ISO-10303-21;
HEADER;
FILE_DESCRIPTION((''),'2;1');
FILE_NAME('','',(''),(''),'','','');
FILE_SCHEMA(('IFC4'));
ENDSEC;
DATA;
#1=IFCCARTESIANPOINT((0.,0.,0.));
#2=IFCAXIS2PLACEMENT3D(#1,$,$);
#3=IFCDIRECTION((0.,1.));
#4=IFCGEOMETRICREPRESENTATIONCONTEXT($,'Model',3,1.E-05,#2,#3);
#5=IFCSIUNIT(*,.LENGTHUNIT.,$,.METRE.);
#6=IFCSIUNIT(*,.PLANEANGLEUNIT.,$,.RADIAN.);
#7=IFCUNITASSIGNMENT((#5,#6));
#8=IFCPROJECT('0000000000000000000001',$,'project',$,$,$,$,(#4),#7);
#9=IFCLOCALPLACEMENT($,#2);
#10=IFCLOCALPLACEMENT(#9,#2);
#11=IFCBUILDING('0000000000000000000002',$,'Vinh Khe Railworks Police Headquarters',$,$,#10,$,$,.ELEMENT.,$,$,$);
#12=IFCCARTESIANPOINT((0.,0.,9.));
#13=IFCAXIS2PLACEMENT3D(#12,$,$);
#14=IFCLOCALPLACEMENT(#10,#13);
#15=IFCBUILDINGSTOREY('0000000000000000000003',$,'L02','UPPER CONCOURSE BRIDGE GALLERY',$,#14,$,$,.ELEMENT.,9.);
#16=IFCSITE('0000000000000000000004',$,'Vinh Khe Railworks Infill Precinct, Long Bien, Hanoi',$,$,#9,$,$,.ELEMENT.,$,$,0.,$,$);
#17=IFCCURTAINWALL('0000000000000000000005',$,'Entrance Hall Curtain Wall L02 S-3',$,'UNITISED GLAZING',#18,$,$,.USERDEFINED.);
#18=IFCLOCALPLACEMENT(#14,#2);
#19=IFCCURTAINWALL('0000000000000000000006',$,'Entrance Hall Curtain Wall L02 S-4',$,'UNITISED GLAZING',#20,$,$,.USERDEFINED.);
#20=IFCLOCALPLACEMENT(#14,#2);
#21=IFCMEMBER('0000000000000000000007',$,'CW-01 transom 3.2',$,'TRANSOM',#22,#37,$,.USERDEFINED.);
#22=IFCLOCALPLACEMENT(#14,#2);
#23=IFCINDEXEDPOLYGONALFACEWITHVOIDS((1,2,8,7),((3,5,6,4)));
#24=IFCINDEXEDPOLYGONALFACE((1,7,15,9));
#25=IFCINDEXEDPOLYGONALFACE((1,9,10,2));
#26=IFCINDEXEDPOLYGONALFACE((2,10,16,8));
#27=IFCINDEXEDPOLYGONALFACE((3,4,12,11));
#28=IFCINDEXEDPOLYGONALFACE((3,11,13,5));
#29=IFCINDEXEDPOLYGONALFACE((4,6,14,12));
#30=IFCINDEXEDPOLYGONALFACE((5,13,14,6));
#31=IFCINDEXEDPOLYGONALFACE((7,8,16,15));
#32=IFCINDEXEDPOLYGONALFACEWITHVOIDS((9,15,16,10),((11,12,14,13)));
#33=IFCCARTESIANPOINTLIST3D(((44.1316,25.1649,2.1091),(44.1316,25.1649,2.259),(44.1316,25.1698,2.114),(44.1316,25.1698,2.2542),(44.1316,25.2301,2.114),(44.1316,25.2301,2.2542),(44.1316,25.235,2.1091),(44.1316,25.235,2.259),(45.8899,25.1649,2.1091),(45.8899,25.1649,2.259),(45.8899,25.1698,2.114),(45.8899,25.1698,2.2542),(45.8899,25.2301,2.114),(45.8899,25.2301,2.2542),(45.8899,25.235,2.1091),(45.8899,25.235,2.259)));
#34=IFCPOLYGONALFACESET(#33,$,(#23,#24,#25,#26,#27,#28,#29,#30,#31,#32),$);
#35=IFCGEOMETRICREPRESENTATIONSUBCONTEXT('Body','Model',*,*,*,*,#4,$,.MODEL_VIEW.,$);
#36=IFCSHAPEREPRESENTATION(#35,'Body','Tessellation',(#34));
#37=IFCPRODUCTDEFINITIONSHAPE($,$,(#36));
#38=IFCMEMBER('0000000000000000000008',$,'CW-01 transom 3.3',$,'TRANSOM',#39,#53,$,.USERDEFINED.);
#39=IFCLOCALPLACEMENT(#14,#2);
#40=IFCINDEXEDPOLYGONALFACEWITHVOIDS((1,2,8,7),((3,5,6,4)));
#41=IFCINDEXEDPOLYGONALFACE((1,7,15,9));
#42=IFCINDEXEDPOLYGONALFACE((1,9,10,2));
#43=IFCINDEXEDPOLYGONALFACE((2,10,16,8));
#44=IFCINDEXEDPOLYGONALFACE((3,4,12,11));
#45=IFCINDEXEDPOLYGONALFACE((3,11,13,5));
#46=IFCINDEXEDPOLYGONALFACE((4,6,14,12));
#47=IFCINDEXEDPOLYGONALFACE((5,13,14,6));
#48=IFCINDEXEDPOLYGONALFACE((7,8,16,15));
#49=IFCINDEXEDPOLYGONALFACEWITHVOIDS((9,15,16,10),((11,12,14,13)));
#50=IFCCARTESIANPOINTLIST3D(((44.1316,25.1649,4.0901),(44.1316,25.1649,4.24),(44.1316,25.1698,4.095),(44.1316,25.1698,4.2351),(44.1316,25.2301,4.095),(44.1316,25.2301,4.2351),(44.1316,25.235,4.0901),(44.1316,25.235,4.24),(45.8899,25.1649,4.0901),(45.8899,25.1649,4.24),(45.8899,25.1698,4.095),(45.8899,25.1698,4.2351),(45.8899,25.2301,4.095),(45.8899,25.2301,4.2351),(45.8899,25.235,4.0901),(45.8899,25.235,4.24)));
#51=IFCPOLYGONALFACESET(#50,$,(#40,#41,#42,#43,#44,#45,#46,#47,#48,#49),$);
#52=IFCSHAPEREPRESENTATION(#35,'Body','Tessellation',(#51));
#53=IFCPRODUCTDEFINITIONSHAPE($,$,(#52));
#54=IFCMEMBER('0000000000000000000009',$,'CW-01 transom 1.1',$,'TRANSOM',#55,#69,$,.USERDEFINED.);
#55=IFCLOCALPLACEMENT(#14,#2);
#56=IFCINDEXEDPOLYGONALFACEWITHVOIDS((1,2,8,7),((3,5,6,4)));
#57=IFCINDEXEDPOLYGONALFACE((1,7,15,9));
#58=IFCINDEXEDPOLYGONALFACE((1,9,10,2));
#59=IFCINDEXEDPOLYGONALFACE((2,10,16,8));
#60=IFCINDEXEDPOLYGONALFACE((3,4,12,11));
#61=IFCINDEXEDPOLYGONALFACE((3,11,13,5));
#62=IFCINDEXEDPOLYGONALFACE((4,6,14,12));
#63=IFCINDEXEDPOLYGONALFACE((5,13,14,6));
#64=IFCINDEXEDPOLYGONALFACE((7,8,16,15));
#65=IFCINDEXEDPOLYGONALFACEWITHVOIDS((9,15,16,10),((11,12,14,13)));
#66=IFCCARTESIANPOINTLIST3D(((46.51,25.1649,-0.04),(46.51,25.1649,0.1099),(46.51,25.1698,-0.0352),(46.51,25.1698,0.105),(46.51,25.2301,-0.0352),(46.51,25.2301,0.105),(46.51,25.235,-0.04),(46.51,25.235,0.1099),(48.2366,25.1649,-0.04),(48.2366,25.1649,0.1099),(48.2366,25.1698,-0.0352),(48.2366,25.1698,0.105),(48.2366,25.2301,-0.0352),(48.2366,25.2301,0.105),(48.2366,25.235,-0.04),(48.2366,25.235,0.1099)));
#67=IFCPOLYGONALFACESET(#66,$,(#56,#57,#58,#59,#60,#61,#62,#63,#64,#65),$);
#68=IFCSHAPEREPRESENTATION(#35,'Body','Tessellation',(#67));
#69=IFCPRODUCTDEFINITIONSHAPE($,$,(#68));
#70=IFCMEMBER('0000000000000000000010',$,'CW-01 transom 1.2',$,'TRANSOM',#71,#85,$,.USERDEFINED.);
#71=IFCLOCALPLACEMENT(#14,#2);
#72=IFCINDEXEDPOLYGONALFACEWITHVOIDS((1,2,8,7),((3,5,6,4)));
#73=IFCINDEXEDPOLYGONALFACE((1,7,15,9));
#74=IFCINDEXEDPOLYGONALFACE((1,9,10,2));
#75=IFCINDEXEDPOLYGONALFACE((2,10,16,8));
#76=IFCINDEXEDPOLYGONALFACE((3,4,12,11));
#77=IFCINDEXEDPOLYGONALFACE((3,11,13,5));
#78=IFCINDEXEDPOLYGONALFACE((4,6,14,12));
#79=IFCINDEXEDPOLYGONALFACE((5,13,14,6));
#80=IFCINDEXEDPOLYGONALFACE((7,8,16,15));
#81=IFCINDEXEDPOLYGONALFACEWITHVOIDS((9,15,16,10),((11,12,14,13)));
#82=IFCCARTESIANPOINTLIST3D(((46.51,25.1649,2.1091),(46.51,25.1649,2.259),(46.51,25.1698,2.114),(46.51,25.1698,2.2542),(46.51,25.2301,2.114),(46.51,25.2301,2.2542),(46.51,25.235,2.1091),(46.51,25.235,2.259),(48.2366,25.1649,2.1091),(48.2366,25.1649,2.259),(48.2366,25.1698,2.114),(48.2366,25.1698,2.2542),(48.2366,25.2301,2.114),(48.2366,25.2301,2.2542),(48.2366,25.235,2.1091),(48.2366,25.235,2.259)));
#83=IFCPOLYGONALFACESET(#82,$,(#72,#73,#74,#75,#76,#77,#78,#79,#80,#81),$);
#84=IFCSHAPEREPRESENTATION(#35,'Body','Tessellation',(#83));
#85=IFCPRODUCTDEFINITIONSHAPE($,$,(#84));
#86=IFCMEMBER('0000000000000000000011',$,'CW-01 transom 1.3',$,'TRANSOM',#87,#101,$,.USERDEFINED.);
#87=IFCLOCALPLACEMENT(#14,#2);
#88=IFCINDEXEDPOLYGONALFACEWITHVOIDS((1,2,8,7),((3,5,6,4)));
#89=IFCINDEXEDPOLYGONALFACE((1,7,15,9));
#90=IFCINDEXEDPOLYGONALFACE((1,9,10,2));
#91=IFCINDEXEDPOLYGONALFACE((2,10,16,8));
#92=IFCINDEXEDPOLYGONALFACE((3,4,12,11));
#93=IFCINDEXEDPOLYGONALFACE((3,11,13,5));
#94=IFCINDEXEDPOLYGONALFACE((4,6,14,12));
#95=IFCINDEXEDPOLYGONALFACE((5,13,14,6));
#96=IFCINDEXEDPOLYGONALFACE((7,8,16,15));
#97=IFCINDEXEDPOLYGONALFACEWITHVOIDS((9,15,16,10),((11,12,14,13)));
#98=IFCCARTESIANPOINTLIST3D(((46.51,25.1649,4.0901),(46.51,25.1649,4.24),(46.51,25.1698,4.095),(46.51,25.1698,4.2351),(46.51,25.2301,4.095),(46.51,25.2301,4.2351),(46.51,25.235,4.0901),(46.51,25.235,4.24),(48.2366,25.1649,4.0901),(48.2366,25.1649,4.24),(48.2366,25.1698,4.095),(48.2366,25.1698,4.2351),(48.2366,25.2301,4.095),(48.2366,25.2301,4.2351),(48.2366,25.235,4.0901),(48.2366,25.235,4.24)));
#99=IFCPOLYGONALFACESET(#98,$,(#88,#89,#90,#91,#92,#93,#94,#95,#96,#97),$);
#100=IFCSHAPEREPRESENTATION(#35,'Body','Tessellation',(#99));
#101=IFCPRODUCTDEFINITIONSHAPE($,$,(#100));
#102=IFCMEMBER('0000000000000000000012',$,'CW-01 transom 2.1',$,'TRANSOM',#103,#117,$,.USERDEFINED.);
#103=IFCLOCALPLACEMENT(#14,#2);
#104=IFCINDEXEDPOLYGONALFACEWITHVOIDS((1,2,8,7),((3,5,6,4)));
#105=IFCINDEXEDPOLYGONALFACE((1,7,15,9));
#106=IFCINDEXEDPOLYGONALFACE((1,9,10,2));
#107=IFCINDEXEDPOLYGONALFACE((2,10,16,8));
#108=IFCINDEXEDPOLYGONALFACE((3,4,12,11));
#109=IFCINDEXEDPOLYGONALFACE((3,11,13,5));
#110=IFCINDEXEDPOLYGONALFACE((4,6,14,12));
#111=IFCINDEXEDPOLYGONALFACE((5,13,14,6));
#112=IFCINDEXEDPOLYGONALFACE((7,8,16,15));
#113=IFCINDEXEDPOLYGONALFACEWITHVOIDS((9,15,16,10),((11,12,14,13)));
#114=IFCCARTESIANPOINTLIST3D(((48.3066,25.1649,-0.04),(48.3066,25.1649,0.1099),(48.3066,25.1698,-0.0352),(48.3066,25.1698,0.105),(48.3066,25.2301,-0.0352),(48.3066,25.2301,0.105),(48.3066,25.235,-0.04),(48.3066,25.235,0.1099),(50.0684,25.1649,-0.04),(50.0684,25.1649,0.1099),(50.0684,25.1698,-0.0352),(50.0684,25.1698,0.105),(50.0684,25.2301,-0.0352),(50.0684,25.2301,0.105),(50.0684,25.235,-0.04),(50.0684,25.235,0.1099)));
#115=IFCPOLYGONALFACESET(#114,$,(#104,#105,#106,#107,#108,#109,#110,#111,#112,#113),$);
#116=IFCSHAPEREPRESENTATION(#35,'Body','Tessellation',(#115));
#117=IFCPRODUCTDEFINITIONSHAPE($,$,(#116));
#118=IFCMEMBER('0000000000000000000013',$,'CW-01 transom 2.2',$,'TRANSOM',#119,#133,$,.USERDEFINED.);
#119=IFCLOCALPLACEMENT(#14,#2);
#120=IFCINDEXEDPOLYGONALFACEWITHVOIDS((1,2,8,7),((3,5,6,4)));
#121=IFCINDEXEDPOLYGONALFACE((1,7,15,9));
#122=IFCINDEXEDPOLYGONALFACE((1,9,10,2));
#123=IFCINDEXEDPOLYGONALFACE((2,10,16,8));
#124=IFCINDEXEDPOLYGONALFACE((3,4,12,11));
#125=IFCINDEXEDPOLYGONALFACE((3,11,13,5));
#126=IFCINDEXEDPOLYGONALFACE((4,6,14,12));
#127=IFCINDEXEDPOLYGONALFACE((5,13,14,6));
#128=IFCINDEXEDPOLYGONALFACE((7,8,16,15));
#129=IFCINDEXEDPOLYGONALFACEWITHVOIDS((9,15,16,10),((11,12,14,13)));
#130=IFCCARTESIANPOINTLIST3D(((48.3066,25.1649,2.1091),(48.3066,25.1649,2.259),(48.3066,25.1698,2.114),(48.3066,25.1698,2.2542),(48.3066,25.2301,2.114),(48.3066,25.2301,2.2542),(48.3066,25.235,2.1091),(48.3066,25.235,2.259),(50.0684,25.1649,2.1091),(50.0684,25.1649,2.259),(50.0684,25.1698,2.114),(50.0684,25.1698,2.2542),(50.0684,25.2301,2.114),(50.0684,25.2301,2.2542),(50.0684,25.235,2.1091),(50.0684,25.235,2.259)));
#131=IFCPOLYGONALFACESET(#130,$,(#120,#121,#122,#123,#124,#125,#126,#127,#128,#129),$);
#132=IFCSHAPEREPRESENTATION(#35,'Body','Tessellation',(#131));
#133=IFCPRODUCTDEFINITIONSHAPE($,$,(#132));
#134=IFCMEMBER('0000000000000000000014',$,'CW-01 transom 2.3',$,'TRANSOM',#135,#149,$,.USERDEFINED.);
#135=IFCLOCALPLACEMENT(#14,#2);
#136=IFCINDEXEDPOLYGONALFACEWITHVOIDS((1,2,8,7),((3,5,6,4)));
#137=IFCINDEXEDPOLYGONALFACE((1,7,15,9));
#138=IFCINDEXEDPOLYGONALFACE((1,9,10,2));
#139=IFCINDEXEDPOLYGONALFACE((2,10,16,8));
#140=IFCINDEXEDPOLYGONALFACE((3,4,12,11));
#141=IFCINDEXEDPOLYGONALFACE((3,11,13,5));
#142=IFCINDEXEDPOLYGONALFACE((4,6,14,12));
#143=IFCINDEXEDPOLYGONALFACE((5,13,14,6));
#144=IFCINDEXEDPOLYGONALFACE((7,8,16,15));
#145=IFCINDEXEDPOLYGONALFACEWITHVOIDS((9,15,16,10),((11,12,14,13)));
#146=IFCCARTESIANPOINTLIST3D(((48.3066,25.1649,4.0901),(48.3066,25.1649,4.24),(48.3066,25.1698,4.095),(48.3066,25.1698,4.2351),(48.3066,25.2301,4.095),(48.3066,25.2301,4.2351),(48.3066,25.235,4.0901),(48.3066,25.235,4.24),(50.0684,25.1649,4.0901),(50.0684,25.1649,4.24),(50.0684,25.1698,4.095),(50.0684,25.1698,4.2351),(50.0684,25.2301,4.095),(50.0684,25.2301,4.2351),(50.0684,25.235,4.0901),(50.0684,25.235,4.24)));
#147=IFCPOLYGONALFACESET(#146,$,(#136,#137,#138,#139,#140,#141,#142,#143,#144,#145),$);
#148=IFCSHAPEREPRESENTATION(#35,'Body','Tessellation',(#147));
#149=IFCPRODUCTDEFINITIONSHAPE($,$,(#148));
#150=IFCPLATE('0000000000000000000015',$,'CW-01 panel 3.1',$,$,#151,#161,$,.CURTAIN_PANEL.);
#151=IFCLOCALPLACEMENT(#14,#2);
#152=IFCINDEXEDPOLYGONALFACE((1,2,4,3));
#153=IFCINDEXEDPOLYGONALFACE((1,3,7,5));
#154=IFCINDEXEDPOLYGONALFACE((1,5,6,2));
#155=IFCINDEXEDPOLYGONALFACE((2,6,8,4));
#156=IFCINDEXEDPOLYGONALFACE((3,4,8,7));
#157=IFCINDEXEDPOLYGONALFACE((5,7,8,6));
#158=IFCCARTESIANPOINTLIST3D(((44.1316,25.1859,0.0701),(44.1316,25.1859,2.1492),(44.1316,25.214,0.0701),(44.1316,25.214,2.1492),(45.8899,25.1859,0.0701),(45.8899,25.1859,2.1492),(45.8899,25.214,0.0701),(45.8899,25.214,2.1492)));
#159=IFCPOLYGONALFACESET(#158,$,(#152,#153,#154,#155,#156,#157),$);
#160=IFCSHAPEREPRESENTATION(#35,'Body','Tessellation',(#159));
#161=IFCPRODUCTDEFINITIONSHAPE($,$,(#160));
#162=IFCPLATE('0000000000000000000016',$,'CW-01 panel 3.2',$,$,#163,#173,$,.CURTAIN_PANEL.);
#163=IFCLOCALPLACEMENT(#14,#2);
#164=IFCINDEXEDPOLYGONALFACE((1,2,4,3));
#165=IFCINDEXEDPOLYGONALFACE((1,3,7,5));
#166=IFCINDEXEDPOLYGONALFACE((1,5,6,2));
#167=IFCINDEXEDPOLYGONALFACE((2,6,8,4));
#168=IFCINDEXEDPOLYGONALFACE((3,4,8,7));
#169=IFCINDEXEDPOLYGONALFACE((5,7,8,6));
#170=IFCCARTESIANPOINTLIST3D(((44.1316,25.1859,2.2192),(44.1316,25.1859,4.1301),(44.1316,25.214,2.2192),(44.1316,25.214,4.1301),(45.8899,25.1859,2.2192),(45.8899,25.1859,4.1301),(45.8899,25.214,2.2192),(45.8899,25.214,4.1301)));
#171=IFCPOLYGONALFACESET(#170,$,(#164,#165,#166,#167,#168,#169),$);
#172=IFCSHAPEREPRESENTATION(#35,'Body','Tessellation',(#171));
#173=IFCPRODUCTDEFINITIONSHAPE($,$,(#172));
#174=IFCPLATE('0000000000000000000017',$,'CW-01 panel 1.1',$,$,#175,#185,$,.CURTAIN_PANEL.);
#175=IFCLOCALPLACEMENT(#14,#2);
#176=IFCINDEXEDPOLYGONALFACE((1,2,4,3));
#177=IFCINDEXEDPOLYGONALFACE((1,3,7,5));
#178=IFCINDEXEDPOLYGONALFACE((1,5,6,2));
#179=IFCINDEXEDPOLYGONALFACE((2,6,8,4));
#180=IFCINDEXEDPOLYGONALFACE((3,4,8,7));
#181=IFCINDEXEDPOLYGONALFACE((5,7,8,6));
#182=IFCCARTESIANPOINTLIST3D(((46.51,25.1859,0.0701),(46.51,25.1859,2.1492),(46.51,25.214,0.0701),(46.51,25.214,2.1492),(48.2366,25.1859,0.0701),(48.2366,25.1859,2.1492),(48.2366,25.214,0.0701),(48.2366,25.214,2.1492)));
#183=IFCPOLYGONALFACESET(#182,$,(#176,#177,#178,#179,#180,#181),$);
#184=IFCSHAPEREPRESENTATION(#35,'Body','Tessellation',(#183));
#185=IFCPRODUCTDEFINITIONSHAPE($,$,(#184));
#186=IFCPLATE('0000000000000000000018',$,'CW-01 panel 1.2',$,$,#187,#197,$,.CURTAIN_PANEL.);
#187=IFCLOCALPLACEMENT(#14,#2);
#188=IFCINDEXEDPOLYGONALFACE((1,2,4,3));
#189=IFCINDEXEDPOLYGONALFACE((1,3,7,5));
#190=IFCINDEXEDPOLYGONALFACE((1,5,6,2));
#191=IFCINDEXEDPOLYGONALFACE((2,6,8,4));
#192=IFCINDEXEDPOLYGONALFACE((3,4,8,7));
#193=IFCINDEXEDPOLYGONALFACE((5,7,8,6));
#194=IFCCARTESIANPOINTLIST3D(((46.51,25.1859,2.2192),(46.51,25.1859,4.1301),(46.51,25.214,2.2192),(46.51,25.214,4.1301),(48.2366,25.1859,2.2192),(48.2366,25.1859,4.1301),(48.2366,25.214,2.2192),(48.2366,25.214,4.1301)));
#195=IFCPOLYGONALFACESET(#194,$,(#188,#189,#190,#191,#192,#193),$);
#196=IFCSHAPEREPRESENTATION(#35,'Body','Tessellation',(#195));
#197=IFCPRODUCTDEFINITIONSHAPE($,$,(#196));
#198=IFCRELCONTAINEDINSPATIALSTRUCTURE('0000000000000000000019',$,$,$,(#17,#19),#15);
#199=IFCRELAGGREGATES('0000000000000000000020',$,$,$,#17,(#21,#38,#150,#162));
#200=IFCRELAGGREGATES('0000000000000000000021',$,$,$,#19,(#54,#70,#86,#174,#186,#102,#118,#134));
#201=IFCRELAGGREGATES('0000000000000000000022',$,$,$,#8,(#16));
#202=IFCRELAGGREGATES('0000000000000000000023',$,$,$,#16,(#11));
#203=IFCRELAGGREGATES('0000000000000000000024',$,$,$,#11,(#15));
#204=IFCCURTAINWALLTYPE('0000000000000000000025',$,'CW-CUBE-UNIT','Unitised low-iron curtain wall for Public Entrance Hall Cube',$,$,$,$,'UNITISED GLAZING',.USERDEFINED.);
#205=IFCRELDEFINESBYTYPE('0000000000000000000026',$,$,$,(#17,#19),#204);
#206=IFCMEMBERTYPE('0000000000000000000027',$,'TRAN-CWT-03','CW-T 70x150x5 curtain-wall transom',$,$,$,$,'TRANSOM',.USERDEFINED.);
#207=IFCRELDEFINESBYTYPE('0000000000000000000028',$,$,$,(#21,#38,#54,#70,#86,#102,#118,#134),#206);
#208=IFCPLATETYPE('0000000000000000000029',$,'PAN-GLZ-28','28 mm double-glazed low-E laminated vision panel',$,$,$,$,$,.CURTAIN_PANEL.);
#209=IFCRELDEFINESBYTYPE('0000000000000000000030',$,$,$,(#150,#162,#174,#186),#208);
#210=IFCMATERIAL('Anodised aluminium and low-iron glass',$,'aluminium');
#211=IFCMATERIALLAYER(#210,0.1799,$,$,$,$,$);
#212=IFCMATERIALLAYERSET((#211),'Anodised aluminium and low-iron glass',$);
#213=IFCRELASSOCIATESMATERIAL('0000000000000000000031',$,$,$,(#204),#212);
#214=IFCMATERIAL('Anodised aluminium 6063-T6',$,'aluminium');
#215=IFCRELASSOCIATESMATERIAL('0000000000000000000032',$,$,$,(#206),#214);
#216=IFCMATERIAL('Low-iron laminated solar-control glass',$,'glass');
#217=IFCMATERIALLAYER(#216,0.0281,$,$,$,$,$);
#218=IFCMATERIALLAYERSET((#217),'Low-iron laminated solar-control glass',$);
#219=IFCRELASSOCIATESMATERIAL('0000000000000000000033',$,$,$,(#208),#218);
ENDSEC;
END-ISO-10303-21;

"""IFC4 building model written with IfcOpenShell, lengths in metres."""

from ifc_helpers import new_model, si_unit, direction, frame, origin, origin_2d, place, context, subcontext, project, spatial, rectangle, hollow_rectangle, extrude, material, layer, layer_set, material_profile, profile_set, type_object, element, aggregate, save


model = new_model("IFC4")

# Units and contexts
model_context = context("Model", 3, precision=1e-05, world=origin(), true_north=direction((0.0, 1.0)))
body_context = subcontext(model_context, "Body", "Model", "MODEL_VIEW")
ifc_project = project(units=[si_unit("LENGTHUNIT", "METRE"), si_unit("PLANEANGLEUNIT", "RADIAN")], contexts=[model_context])

# Site, building, storey
site_placement = place(None, origin())
site = spatial("IfcSite", under=ifc_project, at=site_placement, Name="Vinh Khe Railworks Infill Precinct, Long Bien, Hanoi", CompositionType="ELEMENT", RefElevation=0.0)
building_placement = place(site_placement, origin())
building = spatial("IfcBuilding", under=site, at=building_placement, Name="Vinh Khe Railworks Police Headquarters", CompositionType="ELEMENT")
storey_placement = place(building_placement, frame((0.0, 0.0, 9.0)))
storey = spatial("IfcBuildingStorey", under=building, at=storey_placement, Name="L02", Description="UPPER CONCOURSE BRIDGE GALLERY", CompositionType="ELEMENT", Elevation=9.0)

# Curtain walls
ifc_material_1 = material(Name="Anodised aluminium and low-iron glass", Category="aluminium")
ifc_layer_1 = layer(ifc_material_1, 0.1799)
ifc_layer_set_1 = layer_set([ifc_layer_1], Name="Anodised aluminium and low-iron glass")
curtain_wall_type = type_object("IfcCurtainWallType", Name="CW-CUBE-UNIT", Description="Unitised low-iron curtain wall for Public Entrance Hall Cube", ElementType="UNITISED GLAZING", PredefinedType="USERDEFINED", material=ifc_layer_set_1)
curtain_wall_1_placement = place(storey_placement, origin())
curtain_wall_1 = element("IfcCurtainWall", 1, at=curtain_wall_1_placement, inside=storey, type_object=curtain_wall_type, Name="Entrance Hall Curtain Wall L02 S-3", ObjectType="UNITISED GLAZING", PredefinedType="USERDEFINED")
ifc_material_2 = material(Name="Anodised aluminium 6063-T6", Category="aluminium")
curtain_wall_2_placement = place(storey_placement, origin())
curtain_wall_2 = element("IfcCurtainWall", 2, at=curtain_wall_2_placement, inside=storey, type_object=curtain_wall_type, Name="Entrance Hall Curtain Wall L02 S-4", ObjectType="UNITISED GLAZING", PredefinedType="USERDEFINED")

# Members
ifc_material_profile_1 = material_profile(ifc_material_2, hollow_rectangle(XDim=0.0701, YDim=0.1499, WallThickness=0.0049, at=origin_2d()), Name="CW-T 70x150x5")
ifc_profile_set_1 = profile_set([ifc_material_profile_1], Name="Anodised aluminium 6063-T6")
member_type_1 = type_object("IfcMemberType", Name="TRAN-CWT-03", Description="CW-T 70x150x5 curtain-wall transom", ElementType="TRANSOM", PredefinedType="USERDEFINED", material=ifc_profile_set_1)
member_1_placement = place(storey_placement, frame((44.1316, 25.2, 2.1841), z_axis=(1.0, 0.0, 0.0), x_axis=(0.0, 1.0, 0.0)))
member_1 = element("IfcMember", 3, at=member_1_placement, type_object=member_type_1, Name="CW-01 transom 3.2", ObjectType="TRANSOM", PredefinedType="USERDEFINED", context=body_context, shape_type="SweptSolid", body=[
    extrude(hollow_rectangle(XDim=0.0701, YDim=0.1499, WallThickness=0.0049, at=origin_2d()), origin(), (0.0, 0.0, 1.0), 1.7583),
])
member_2_placement = place(storey_placement, frame((44.1316, 25.2, 4.165), z_axis=(1.0, 0.0, 0.0), x_axis=(0.0, 1.0, 0.0)))
member_2 = element("IfcMember", 4, at=member_2_placement, type_object=member_type_1, Name="CW-01 transom 3.3", ObjectType="TRANSOM", PredefinedType="USERDEFINED", context=body_context, shape_type="SweptSolid", body=[
    extrude(hollow_rectangle(XDim=0.0701, YDim=0.1499, WallThickness=0.0049, at=origin_2d()), origin(), (0.0, 0.0, 1.0), 1.7583),
])
member_3_placement = place(storey_placement, frame((46.51, 25.2, 0.0349), z_axis=(1.0, 0.0, 0.0), x_axis=(0.0, 1.0, 0.0)))
member_3 = element("IfcMember", 5, at=member_3_placement, type_object=member_type_1, Name="CW-01 transom 1.1", ObjectType="TRANSOM", PredefinedType="USERDEFINED", context=body_context, shape_type="SweptSolid", body=[
    extrude(hollow_rectangle(XDim=0.0701, YDim=0.1499, WallThickness=0.0049, at=origin_2d()), origin(), (0.0, 0.0, 1.0), 1.7266),
])
member_4_placement = place(storey_placement, frame((46.51, 25.2, 2.1841), z_axis=(1.0, 0.0, 0.0), x_axis=(0.0, 1.0, 0.0)))
member_4 = element("IfcMember", 6, at=member_4_placement, type_object=member_type_1, Name="CW-01 transom 1.2", ObjectType="TRANSOM", PredefinedType="USERDEFINED", context=body_context, shape_type="SweptSolid", body=[
    extrude(hollow_rectangle(XDim=0.0701, YDim=0.1499, WallThickness=0.0049, at=origin_2d()), origin(), (0.0, 0.0, 1.0), 1.7266),
])
member_5_placement = place(storey_placement, frame((46.51, 25.2, 4.165), z_axis=(1.0, 0.0, 0.0), x_axis=(0.0, 1.0, 0.0)))
member_5 = element("IfcMember", 7, at=member_5_placement, type_object=member_type_1, Name="CW-01 transom 1.3", ObjectType="TRANSOM", PredefinedType="USERDEFINED", context=body_context, shape_type="SweptSolid", body=[
    extrude(hollow_rectangle(XDim=0.0701, YDim=0.1499, WallThickness=0.0049, at=origin_2d()), origin(), (0.0, 0.0, 1.0), 1.7266),
])
member_6_placement = place(storey_placement, frame((48.3066, 25.2, 0.0349), z_axis=(1.0, 0.0, 0.0), x_axis=(0.0, 1.0, 0.0)))
member_6 = element("IfcMember", 8, at=member_6_placement, type_object=member_type_1, Name="CW-01 transom 2.1", ObjectType="TRANSOM", PredefinedType="USERDEFINED", context=body_context, shape_type="SweptSolid", body=[
    extrude(hollow_rectangle(XDim=0.0701, YDim=0.1499, WallThickness=0.0049, at=origin_2d()), origin(), (0.0, 0.0, 1.0), 1.7617),
])
member_7_placement = place(storey_placement, frame((48.3066, 25.2, 2.1841), z_axis=(1.0, 0.0, 0.0), x_axis=(0.0, 1.0, 0.0)))
member_7 = element("IfcMember", 9, at=member_7_placement, type_object=member_type_1, Name="CW-01 transom 2.2", ObjectType="TRANSOM", PredefinedType="USERDEFINED", context=body_context, shape_type="SweptSolid", body=[
    extrude(hollow_rectangle(XDim=0.0701, YDim=0.1499, WallThickness=0.0049, at=origin_2d()), origin(), (0.0, 0.0, 1.0), 1.7617),
])
member_8_placement = place(storey_placement, frame((48.3066, 25.2, 4.165), z_axis=(1.0, 0.0, 0.0), x_axis=(0.0, 1.0, 0.0)))
member_8 = element("IfcMember", 10, at=member_8_placement, type_object=member_type_1, Name="CW-01 transom 2.3", ObjectType="TRANSOM", PredefinedType="USERDEFINED", context=body_context, shape_type="SweptSolid", body=[
    extrude(hollow_rectangle(XDim=0.0701, YDim=0.1499, WallThickness=0.0049, at=origin_2d()), origin(), (0.0, 0.0, 1.0), 1.7617),
])

# Plates
ifc_material_3 = material(Name="Low-iron laminated solar-control glass", Category="glass")
ifc_layer_2 = layer(ifc_material_3, 0.0281)
ifc_layer_set_2 = layer_set([ifc_layer_2], Name="Low-iron laminated solar-control glass")
plate_type = type_object("IfcPlateType", Name="PAN-GLZ-28", Description="28 mm double-glazed low-E laminated vision panel", PredefinedType="CURTAIN_PANEL", material=ifc_layer_set_2)
plate_1_placement = place(storey_placement, frame((45.0107, 25.2, 0.0701), z_axis=(0.0, 0.0, 1.0), x_axis=(1.0, 0.0, 0.0)))
plate_1 = element("IfcPlate", 11, at=plate_1_placement, type_object=plate_type, Name="CW-01 panel 3.1", PredefinedType="CURTAIN_PANEL", context=body_context, shape_type="SweptSolid", body=[
    extrude(rectangle(XDim=1.7583, YDim=0.0281, at=origin_2d()), origin(), (0.0, 0.0, 1.0), 2.0791),
])
plate_2_placement = place(storey_placement, frame((45.0107, 25.2, 2.2192), z_axis=(0.0, 0.0, 1.0), x_axis=(1.0, 0.0, 0.0)))
plate_2 = element("IfcPlate", 12, at=plate_2_placement, type_object=plate_type, Name="CW-01 panel 3.2", PredefinedType="CURTAIN_PANEL", context=body_context, shape_type="SweptSolid", body=[
    extrude(rectangle(XDim=1.7583, YDim=0.0281, at=origin_2d()), origin(), (0.0, 0.0, 1.0), 1.9109),
])
aggregate(curtain_wall_1, [member_1, member_2, plate_1, plate_2])
plate_3_placement = place(storey_placement, frame((47.3733, 25.2, 0.0701), z_axis=(0.0, 0.0, 1.0), x_axis=(1.0, 0.0, 0.0)))
plate_3 = element("IfcPlate", 13, at=plate_3_placement, type_object=plate_type, Name="CW-01 panel 1.1", PredefinedType="CURTAIN_PANEL", context=body_context, shape_type="SweptSolid", body=[
    extrude(rectangle(XDim=1.7266, YDim=0.0281, at=origin_2d()), origin(), (0.0, 0.0, 1.0), 2.0791),
])
plate_4_placement = place(storey_placement, frame((47.3733, 25.2, 2.2192), z_axis=(0.0, 0.0, 1.0), x_axis=(1.0, 0.0, 0.0)))
plate_4 = element("IfcPlate", 14, at=plate_4_placement, type_object=plate_type, Name="CW-01 panel 1.2", PredefinedType="CURTAIN_PANEL", context=body_context, shape_type="SweptSolid", body=[
    extrude(rectangle(XDim=1.7266, YDim=0.0281, at=origin_2d()), origin(), (0.0, 0.0, 1.0), 1.9109),
])
aggregate(curtain_wall_2, [member_3, member_4, member_5, plate_3, plate_4, member_6, member_7, member_8])

save(model, "model.ifc")
